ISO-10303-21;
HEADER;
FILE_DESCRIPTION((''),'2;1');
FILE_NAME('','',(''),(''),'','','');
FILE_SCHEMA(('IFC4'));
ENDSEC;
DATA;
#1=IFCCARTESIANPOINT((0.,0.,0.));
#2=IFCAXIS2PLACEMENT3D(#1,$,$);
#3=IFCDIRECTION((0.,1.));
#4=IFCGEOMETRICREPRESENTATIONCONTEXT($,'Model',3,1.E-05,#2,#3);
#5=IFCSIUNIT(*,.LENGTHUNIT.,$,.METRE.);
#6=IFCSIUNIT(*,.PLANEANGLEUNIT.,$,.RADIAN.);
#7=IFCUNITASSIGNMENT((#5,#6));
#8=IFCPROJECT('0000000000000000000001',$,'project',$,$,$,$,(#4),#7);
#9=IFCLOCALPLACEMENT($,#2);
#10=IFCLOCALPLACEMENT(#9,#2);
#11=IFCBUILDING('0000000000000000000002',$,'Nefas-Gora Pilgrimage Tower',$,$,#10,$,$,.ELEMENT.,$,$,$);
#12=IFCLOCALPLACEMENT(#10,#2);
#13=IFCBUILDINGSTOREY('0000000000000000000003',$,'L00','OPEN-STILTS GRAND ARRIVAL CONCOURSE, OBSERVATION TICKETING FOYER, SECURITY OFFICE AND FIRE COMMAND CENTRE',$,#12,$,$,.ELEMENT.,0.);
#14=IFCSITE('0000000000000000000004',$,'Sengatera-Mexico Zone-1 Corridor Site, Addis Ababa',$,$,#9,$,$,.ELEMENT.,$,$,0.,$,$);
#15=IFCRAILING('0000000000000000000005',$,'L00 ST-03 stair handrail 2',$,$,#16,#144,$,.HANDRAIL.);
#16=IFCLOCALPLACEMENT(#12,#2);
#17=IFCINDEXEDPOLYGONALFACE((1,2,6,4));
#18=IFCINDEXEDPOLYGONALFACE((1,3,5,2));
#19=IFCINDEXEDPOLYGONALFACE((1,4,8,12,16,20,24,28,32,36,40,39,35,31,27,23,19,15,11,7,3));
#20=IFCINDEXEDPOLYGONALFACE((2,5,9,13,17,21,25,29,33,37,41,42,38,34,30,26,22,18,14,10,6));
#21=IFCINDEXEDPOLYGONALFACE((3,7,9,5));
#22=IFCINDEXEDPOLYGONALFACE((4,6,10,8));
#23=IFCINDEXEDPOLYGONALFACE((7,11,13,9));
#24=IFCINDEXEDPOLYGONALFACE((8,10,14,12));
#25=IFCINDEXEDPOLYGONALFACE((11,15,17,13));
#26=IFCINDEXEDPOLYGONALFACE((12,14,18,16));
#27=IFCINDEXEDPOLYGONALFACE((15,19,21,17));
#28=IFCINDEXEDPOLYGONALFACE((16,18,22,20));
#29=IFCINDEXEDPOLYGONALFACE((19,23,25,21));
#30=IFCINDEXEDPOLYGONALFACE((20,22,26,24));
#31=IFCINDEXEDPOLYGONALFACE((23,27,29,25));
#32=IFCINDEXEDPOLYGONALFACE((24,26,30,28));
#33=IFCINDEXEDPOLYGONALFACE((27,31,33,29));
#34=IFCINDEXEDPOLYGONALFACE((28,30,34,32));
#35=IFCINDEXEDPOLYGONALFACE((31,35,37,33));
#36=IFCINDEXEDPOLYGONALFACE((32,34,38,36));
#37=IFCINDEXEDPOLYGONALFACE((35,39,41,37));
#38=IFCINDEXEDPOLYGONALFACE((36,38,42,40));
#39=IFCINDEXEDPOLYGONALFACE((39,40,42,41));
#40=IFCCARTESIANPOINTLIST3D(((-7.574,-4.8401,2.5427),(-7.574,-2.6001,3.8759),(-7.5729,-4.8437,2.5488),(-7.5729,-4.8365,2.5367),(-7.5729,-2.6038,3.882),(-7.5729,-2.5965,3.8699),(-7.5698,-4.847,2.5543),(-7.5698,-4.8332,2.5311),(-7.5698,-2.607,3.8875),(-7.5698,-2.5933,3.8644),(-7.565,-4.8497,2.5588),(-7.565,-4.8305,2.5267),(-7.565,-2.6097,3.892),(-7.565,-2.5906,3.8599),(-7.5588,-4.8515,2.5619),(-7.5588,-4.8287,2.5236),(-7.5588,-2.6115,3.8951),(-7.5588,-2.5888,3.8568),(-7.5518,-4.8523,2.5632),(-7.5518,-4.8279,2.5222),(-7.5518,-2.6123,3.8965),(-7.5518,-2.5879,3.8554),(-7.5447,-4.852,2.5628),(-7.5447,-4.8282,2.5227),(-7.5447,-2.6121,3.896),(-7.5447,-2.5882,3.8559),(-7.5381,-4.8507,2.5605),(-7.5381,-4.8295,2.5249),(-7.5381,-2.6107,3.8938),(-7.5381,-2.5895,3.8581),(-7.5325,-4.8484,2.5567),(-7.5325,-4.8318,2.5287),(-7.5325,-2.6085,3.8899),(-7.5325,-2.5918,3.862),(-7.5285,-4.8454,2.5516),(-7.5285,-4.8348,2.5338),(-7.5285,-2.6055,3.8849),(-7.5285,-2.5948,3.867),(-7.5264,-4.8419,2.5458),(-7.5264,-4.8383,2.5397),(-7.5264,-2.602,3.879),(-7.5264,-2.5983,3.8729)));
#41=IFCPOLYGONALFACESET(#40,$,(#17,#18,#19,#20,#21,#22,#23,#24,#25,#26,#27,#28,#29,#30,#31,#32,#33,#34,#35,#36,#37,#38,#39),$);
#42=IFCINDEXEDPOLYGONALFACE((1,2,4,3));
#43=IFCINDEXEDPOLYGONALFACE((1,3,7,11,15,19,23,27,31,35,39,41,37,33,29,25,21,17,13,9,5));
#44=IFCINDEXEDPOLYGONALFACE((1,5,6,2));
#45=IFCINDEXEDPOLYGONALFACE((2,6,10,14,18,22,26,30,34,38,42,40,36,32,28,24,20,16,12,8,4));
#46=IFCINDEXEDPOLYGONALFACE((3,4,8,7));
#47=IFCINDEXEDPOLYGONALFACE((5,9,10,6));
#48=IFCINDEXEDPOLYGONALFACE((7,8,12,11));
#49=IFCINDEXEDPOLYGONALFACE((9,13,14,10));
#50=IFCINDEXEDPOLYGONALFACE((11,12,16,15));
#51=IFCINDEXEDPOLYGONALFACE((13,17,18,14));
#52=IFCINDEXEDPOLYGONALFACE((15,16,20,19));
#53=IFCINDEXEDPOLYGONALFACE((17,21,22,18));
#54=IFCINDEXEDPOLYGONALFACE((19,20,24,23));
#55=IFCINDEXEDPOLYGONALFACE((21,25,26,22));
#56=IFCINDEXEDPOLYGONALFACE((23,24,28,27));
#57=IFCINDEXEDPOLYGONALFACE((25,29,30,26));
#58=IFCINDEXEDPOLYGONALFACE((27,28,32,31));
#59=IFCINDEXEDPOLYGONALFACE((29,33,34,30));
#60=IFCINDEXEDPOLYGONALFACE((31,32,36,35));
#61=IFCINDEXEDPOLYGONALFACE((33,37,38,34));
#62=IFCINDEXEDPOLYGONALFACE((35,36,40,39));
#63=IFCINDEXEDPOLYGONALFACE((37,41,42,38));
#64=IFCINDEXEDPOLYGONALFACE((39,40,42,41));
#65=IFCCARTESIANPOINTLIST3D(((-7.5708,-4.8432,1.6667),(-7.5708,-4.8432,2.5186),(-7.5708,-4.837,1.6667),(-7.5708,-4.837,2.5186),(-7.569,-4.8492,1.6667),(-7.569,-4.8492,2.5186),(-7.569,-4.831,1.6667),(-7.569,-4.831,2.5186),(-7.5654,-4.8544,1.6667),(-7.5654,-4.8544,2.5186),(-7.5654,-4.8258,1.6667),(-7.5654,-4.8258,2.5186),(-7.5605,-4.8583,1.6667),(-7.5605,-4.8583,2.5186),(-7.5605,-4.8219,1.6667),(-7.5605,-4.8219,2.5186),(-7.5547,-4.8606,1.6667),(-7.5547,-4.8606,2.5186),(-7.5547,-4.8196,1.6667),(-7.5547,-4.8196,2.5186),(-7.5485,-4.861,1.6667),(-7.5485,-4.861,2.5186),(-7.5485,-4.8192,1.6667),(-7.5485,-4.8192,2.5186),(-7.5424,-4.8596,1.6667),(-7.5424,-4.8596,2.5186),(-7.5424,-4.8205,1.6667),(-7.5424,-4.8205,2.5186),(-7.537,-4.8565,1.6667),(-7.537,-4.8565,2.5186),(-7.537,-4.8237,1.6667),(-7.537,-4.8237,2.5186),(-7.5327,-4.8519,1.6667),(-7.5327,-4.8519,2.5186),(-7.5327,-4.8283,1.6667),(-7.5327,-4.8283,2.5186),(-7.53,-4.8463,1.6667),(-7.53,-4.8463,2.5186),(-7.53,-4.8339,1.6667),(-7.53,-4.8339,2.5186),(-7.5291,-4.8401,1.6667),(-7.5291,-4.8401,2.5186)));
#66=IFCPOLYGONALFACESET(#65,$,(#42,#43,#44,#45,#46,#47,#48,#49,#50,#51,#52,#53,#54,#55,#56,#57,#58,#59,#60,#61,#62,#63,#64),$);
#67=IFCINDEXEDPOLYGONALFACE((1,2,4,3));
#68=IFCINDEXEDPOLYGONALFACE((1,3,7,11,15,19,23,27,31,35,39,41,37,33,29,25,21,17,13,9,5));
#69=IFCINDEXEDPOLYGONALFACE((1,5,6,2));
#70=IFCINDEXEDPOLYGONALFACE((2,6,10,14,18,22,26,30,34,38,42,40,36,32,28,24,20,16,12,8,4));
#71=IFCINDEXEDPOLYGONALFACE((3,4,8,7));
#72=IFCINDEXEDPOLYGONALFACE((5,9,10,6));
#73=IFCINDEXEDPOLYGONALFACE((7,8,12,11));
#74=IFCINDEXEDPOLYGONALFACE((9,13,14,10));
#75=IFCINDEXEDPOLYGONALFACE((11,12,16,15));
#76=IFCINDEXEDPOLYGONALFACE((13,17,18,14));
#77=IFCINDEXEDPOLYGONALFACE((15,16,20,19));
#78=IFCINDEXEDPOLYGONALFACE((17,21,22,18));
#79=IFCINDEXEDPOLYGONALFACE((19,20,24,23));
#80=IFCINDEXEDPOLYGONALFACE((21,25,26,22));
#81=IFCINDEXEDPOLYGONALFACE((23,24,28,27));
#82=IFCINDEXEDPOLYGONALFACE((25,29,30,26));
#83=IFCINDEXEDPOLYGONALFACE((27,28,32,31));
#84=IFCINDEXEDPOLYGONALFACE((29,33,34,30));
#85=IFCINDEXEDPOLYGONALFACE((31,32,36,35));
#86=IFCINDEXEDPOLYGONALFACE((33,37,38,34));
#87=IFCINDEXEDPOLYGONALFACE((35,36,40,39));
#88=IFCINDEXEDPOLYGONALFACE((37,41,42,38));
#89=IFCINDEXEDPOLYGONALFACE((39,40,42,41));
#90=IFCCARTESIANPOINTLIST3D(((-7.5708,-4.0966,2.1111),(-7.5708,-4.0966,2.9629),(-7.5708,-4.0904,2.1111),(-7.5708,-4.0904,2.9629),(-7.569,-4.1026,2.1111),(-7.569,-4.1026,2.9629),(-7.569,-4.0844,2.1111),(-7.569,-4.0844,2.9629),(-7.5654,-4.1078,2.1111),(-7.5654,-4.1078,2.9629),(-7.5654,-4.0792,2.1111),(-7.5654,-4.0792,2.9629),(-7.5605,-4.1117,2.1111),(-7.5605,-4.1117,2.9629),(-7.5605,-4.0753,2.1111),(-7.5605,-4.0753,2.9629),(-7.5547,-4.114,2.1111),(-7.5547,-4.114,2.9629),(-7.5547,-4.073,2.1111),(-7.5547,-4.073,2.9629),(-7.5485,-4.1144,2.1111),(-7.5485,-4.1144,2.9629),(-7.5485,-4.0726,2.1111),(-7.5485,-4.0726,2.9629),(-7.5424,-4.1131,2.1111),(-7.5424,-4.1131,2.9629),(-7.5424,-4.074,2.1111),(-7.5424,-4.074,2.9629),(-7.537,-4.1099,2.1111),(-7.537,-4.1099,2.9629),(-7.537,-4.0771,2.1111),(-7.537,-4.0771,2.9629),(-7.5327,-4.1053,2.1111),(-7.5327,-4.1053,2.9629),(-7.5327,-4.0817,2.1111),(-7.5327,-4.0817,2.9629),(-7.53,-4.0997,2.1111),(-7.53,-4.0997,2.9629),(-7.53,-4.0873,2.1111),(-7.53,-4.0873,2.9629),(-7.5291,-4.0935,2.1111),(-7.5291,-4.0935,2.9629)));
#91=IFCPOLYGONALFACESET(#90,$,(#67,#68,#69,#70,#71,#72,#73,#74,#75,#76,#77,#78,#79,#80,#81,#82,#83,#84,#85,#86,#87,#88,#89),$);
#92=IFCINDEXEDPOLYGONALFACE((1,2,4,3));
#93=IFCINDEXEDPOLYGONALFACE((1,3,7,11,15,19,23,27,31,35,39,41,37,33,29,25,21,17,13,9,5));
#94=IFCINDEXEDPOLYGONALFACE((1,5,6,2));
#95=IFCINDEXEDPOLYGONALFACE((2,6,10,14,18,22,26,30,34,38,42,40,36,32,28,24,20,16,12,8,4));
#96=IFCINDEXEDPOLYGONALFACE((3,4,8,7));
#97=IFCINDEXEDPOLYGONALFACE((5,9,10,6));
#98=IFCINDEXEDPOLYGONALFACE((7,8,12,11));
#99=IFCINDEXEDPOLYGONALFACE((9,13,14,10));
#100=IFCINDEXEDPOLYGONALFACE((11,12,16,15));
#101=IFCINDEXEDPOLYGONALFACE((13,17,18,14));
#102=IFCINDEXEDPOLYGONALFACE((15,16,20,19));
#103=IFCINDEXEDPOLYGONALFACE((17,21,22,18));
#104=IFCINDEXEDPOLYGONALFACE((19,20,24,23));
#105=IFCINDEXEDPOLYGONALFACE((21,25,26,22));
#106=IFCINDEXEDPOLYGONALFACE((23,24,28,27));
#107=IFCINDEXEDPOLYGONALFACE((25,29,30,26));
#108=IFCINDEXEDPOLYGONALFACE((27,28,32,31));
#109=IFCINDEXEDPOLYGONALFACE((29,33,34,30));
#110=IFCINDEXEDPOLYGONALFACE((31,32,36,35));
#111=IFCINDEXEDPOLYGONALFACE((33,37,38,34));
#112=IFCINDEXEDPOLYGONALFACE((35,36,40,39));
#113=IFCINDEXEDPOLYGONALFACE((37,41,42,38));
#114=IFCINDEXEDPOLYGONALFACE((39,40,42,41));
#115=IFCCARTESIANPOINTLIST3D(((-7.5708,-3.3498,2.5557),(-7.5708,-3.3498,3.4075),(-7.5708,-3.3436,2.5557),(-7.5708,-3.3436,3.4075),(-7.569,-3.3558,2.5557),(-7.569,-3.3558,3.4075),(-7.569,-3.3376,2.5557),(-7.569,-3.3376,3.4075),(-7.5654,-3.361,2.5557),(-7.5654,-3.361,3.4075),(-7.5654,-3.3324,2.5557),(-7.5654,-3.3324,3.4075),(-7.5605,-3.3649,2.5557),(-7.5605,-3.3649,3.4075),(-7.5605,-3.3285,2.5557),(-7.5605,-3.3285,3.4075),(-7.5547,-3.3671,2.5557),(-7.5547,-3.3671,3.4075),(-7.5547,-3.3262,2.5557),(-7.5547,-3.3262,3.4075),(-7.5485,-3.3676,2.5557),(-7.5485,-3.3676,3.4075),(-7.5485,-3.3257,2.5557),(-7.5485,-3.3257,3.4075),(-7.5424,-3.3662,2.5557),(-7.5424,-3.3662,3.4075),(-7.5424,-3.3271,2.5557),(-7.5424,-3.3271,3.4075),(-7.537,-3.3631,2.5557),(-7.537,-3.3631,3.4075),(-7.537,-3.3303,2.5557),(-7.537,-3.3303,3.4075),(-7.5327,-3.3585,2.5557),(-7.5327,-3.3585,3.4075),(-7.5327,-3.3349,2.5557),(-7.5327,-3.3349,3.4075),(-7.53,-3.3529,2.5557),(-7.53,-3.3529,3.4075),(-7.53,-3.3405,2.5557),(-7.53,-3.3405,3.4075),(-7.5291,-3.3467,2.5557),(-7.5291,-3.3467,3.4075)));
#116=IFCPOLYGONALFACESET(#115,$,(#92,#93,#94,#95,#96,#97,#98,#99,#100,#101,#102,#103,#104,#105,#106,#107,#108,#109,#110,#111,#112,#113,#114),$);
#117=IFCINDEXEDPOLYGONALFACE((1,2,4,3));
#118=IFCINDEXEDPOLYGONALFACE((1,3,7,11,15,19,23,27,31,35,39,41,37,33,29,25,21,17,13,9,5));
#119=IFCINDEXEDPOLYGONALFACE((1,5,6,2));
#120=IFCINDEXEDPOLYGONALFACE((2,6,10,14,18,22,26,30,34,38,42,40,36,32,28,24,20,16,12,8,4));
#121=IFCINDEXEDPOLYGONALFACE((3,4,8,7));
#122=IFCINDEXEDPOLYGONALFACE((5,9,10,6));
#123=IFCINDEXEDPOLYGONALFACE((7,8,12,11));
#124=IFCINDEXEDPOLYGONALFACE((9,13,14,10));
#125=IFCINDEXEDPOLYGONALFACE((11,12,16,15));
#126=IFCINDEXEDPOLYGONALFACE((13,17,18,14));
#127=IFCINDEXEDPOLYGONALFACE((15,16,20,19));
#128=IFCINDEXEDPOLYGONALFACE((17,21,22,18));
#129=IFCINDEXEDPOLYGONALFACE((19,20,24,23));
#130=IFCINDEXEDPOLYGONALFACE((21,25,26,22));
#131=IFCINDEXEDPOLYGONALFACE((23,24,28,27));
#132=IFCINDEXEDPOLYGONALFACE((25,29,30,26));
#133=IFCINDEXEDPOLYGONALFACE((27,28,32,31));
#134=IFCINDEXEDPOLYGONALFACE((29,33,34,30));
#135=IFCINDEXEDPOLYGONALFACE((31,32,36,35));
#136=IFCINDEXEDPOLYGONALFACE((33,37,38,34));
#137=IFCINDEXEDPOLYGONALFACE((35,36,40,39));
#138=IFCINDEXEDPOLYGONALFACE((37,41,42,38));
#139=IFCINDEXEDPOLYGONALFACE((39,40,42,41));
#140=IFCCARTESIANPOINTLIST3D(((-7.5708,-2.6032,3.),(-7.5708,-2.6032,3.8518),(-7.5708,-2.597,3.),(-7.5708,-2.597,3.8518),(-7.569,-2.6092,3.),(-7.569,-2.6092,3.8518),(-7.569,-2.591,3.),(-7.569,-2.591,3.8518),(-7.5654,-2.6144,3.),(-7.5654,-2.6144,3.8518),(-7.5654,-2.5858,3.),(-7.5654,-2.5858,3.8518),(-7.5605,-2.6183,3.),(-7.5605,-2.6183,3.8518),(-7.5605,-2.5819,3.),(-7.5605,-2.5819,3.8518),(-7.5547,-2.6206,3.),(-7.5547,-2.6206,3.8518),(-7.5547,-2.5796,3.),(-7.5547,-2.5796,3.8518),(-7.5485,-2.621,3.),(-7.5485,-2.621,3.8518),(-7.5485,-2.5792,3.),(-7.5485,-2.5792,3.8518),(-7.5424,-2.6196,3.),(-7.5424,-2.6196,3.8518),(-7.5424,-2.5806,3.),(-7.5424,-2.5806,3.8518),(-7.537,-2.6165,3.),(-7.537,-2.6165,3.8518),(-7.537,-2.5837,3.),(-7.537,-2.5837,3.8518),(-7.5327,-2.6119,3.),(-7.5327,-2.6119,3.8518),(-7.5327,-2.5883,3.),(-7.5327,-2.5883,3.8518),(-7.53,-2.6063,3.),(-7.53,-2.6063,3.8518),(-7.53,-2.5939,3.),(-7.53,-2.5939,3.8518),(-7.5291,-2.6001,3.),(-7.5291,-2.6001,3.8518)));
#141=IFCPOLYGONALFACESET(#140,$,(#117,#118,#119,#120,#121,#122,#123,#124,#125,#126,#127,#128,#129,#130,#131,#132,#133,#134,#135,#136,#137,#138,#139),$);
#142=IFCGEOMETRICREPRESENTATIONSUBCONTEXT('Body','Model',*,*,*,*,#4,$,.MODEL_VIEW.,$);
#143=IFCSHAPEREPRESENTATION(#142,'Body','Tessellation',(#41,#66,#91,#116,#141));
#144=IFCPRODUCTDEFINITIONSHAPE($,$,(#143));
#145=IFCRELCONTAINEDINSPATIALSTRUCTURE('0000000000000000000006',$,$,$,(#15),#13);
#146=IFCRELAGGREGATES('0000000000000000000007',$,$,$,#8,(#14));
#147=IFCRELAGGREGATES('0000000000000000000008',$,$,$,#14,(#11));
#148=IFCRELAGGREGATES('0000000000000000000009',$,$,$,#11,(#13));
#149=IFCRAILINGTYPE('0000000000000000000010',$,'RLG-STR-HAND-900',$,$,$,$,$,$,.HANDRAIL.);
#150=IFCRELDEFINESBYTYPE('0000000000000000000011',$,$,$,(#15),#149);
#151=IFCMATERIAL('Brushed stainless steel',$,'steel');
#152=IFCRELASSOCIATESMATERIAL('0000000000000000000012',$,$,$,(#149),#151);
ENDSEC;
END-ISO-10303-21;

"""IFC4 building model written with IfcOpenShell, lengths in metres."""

from ifc_helpers import new_model, si_unit, direction, frame, origin, origin_2d, place, context, subcontext, project, spatial, circle, extrude, material, type_object, element, save


model = new_model("IFC4")

# Units and contexts
model_context = context("Model", 3, precision=1e-05, world=origin(), true_north=direction((0.0, 1.0)))
body_context = subcontext(model_context, "Body", "Model", "MODEL_VIEW")
ifc_project = project(units=[si_unit("LENGTHUNIT", "METRE"), si_unit("PLANEANGLEUNIT", "RADIAN")], contexts=[model_context])

# Site, building, storey
site_placement = place(None, origin())
site = spatial("IfcSite", under=ifc_project, at=site_placement, Name="Sengatera-Mexico Zone-1 Corridor Site, Addis Ababa", CompositionType="ELEMENT", RefElevation=0.0)
building_placement = place(site_placement, origin())
building = spatial("IfcBuilding", under=site, at=building_placement, Name="Nefas-Gora Pilgrimage Tower", CompositionType="ELEMENT")
storey_placement = place(building_placement, origin())
storey = spatial("IfcBuildingStorey", under=building, at=storey_placement, Name="L00", Description="OPEN-STILTS GRAND ARRIVAL CONCOURSE, OBSERVATION TICKETING FOYER, SECURITY OFFICE AND FIRE COMMAND CENTRE", CompositionType="ELEMENT", Elevation=0.0)

# Railing
ifc_material_1 = material(Name="Brushed stainless steel", Category="steel")
railing_type_1 = type_object("IfcRailingType", Name="RLG-STR-HAND-900", PredefinedType="HANDRAIL", material=ifc_material_1)
railing_1_placement = place(storey_placement, frame((-7.55, -4.8401, 1.6667)))
element("IfcRailing", 1, at=railing_1_placement, inside=storey, type_object=railing_type_1, Name="L00 ST-03 stair handrail 2", PredefinedType="HANDRAIL", context=body_context, shape_type="SweptSolid", body=[
    extrude(circle(Radius=0.0239, at=origin_2d()), frame((0.0, 0.0, 0.876), z_axis=(0.0, 0.859306, 0.511462), x_axis=(-1.0, 0.0, 0.0)), (0.0, 0.0, 1.0), 2.6067),
    extrude(circle(Radius=0.021, at=origin_2d()), origin(), (0.0, 0.0, 1.0), 0.8518),
    extrude(circle(Radius=0.021, at=origin_2d()), frame((0.0, 0.7466, 0.4443)), (0.0, 0.0, 1.0), 0.8518),
    extrude(circle(Radius=0.021, at=origin_2d()), frame((0.0, 1.4934, 0.8889)), (0.0, 0.0, 1.0), 0.8518),
    extrude(circle(Radius=0.021, at=origin_2d()), frame((0.0, 2.24, 1.3333)), (0.0, 0.0, 1.0), 0.8518),
])

save(model, "model.ifc")
